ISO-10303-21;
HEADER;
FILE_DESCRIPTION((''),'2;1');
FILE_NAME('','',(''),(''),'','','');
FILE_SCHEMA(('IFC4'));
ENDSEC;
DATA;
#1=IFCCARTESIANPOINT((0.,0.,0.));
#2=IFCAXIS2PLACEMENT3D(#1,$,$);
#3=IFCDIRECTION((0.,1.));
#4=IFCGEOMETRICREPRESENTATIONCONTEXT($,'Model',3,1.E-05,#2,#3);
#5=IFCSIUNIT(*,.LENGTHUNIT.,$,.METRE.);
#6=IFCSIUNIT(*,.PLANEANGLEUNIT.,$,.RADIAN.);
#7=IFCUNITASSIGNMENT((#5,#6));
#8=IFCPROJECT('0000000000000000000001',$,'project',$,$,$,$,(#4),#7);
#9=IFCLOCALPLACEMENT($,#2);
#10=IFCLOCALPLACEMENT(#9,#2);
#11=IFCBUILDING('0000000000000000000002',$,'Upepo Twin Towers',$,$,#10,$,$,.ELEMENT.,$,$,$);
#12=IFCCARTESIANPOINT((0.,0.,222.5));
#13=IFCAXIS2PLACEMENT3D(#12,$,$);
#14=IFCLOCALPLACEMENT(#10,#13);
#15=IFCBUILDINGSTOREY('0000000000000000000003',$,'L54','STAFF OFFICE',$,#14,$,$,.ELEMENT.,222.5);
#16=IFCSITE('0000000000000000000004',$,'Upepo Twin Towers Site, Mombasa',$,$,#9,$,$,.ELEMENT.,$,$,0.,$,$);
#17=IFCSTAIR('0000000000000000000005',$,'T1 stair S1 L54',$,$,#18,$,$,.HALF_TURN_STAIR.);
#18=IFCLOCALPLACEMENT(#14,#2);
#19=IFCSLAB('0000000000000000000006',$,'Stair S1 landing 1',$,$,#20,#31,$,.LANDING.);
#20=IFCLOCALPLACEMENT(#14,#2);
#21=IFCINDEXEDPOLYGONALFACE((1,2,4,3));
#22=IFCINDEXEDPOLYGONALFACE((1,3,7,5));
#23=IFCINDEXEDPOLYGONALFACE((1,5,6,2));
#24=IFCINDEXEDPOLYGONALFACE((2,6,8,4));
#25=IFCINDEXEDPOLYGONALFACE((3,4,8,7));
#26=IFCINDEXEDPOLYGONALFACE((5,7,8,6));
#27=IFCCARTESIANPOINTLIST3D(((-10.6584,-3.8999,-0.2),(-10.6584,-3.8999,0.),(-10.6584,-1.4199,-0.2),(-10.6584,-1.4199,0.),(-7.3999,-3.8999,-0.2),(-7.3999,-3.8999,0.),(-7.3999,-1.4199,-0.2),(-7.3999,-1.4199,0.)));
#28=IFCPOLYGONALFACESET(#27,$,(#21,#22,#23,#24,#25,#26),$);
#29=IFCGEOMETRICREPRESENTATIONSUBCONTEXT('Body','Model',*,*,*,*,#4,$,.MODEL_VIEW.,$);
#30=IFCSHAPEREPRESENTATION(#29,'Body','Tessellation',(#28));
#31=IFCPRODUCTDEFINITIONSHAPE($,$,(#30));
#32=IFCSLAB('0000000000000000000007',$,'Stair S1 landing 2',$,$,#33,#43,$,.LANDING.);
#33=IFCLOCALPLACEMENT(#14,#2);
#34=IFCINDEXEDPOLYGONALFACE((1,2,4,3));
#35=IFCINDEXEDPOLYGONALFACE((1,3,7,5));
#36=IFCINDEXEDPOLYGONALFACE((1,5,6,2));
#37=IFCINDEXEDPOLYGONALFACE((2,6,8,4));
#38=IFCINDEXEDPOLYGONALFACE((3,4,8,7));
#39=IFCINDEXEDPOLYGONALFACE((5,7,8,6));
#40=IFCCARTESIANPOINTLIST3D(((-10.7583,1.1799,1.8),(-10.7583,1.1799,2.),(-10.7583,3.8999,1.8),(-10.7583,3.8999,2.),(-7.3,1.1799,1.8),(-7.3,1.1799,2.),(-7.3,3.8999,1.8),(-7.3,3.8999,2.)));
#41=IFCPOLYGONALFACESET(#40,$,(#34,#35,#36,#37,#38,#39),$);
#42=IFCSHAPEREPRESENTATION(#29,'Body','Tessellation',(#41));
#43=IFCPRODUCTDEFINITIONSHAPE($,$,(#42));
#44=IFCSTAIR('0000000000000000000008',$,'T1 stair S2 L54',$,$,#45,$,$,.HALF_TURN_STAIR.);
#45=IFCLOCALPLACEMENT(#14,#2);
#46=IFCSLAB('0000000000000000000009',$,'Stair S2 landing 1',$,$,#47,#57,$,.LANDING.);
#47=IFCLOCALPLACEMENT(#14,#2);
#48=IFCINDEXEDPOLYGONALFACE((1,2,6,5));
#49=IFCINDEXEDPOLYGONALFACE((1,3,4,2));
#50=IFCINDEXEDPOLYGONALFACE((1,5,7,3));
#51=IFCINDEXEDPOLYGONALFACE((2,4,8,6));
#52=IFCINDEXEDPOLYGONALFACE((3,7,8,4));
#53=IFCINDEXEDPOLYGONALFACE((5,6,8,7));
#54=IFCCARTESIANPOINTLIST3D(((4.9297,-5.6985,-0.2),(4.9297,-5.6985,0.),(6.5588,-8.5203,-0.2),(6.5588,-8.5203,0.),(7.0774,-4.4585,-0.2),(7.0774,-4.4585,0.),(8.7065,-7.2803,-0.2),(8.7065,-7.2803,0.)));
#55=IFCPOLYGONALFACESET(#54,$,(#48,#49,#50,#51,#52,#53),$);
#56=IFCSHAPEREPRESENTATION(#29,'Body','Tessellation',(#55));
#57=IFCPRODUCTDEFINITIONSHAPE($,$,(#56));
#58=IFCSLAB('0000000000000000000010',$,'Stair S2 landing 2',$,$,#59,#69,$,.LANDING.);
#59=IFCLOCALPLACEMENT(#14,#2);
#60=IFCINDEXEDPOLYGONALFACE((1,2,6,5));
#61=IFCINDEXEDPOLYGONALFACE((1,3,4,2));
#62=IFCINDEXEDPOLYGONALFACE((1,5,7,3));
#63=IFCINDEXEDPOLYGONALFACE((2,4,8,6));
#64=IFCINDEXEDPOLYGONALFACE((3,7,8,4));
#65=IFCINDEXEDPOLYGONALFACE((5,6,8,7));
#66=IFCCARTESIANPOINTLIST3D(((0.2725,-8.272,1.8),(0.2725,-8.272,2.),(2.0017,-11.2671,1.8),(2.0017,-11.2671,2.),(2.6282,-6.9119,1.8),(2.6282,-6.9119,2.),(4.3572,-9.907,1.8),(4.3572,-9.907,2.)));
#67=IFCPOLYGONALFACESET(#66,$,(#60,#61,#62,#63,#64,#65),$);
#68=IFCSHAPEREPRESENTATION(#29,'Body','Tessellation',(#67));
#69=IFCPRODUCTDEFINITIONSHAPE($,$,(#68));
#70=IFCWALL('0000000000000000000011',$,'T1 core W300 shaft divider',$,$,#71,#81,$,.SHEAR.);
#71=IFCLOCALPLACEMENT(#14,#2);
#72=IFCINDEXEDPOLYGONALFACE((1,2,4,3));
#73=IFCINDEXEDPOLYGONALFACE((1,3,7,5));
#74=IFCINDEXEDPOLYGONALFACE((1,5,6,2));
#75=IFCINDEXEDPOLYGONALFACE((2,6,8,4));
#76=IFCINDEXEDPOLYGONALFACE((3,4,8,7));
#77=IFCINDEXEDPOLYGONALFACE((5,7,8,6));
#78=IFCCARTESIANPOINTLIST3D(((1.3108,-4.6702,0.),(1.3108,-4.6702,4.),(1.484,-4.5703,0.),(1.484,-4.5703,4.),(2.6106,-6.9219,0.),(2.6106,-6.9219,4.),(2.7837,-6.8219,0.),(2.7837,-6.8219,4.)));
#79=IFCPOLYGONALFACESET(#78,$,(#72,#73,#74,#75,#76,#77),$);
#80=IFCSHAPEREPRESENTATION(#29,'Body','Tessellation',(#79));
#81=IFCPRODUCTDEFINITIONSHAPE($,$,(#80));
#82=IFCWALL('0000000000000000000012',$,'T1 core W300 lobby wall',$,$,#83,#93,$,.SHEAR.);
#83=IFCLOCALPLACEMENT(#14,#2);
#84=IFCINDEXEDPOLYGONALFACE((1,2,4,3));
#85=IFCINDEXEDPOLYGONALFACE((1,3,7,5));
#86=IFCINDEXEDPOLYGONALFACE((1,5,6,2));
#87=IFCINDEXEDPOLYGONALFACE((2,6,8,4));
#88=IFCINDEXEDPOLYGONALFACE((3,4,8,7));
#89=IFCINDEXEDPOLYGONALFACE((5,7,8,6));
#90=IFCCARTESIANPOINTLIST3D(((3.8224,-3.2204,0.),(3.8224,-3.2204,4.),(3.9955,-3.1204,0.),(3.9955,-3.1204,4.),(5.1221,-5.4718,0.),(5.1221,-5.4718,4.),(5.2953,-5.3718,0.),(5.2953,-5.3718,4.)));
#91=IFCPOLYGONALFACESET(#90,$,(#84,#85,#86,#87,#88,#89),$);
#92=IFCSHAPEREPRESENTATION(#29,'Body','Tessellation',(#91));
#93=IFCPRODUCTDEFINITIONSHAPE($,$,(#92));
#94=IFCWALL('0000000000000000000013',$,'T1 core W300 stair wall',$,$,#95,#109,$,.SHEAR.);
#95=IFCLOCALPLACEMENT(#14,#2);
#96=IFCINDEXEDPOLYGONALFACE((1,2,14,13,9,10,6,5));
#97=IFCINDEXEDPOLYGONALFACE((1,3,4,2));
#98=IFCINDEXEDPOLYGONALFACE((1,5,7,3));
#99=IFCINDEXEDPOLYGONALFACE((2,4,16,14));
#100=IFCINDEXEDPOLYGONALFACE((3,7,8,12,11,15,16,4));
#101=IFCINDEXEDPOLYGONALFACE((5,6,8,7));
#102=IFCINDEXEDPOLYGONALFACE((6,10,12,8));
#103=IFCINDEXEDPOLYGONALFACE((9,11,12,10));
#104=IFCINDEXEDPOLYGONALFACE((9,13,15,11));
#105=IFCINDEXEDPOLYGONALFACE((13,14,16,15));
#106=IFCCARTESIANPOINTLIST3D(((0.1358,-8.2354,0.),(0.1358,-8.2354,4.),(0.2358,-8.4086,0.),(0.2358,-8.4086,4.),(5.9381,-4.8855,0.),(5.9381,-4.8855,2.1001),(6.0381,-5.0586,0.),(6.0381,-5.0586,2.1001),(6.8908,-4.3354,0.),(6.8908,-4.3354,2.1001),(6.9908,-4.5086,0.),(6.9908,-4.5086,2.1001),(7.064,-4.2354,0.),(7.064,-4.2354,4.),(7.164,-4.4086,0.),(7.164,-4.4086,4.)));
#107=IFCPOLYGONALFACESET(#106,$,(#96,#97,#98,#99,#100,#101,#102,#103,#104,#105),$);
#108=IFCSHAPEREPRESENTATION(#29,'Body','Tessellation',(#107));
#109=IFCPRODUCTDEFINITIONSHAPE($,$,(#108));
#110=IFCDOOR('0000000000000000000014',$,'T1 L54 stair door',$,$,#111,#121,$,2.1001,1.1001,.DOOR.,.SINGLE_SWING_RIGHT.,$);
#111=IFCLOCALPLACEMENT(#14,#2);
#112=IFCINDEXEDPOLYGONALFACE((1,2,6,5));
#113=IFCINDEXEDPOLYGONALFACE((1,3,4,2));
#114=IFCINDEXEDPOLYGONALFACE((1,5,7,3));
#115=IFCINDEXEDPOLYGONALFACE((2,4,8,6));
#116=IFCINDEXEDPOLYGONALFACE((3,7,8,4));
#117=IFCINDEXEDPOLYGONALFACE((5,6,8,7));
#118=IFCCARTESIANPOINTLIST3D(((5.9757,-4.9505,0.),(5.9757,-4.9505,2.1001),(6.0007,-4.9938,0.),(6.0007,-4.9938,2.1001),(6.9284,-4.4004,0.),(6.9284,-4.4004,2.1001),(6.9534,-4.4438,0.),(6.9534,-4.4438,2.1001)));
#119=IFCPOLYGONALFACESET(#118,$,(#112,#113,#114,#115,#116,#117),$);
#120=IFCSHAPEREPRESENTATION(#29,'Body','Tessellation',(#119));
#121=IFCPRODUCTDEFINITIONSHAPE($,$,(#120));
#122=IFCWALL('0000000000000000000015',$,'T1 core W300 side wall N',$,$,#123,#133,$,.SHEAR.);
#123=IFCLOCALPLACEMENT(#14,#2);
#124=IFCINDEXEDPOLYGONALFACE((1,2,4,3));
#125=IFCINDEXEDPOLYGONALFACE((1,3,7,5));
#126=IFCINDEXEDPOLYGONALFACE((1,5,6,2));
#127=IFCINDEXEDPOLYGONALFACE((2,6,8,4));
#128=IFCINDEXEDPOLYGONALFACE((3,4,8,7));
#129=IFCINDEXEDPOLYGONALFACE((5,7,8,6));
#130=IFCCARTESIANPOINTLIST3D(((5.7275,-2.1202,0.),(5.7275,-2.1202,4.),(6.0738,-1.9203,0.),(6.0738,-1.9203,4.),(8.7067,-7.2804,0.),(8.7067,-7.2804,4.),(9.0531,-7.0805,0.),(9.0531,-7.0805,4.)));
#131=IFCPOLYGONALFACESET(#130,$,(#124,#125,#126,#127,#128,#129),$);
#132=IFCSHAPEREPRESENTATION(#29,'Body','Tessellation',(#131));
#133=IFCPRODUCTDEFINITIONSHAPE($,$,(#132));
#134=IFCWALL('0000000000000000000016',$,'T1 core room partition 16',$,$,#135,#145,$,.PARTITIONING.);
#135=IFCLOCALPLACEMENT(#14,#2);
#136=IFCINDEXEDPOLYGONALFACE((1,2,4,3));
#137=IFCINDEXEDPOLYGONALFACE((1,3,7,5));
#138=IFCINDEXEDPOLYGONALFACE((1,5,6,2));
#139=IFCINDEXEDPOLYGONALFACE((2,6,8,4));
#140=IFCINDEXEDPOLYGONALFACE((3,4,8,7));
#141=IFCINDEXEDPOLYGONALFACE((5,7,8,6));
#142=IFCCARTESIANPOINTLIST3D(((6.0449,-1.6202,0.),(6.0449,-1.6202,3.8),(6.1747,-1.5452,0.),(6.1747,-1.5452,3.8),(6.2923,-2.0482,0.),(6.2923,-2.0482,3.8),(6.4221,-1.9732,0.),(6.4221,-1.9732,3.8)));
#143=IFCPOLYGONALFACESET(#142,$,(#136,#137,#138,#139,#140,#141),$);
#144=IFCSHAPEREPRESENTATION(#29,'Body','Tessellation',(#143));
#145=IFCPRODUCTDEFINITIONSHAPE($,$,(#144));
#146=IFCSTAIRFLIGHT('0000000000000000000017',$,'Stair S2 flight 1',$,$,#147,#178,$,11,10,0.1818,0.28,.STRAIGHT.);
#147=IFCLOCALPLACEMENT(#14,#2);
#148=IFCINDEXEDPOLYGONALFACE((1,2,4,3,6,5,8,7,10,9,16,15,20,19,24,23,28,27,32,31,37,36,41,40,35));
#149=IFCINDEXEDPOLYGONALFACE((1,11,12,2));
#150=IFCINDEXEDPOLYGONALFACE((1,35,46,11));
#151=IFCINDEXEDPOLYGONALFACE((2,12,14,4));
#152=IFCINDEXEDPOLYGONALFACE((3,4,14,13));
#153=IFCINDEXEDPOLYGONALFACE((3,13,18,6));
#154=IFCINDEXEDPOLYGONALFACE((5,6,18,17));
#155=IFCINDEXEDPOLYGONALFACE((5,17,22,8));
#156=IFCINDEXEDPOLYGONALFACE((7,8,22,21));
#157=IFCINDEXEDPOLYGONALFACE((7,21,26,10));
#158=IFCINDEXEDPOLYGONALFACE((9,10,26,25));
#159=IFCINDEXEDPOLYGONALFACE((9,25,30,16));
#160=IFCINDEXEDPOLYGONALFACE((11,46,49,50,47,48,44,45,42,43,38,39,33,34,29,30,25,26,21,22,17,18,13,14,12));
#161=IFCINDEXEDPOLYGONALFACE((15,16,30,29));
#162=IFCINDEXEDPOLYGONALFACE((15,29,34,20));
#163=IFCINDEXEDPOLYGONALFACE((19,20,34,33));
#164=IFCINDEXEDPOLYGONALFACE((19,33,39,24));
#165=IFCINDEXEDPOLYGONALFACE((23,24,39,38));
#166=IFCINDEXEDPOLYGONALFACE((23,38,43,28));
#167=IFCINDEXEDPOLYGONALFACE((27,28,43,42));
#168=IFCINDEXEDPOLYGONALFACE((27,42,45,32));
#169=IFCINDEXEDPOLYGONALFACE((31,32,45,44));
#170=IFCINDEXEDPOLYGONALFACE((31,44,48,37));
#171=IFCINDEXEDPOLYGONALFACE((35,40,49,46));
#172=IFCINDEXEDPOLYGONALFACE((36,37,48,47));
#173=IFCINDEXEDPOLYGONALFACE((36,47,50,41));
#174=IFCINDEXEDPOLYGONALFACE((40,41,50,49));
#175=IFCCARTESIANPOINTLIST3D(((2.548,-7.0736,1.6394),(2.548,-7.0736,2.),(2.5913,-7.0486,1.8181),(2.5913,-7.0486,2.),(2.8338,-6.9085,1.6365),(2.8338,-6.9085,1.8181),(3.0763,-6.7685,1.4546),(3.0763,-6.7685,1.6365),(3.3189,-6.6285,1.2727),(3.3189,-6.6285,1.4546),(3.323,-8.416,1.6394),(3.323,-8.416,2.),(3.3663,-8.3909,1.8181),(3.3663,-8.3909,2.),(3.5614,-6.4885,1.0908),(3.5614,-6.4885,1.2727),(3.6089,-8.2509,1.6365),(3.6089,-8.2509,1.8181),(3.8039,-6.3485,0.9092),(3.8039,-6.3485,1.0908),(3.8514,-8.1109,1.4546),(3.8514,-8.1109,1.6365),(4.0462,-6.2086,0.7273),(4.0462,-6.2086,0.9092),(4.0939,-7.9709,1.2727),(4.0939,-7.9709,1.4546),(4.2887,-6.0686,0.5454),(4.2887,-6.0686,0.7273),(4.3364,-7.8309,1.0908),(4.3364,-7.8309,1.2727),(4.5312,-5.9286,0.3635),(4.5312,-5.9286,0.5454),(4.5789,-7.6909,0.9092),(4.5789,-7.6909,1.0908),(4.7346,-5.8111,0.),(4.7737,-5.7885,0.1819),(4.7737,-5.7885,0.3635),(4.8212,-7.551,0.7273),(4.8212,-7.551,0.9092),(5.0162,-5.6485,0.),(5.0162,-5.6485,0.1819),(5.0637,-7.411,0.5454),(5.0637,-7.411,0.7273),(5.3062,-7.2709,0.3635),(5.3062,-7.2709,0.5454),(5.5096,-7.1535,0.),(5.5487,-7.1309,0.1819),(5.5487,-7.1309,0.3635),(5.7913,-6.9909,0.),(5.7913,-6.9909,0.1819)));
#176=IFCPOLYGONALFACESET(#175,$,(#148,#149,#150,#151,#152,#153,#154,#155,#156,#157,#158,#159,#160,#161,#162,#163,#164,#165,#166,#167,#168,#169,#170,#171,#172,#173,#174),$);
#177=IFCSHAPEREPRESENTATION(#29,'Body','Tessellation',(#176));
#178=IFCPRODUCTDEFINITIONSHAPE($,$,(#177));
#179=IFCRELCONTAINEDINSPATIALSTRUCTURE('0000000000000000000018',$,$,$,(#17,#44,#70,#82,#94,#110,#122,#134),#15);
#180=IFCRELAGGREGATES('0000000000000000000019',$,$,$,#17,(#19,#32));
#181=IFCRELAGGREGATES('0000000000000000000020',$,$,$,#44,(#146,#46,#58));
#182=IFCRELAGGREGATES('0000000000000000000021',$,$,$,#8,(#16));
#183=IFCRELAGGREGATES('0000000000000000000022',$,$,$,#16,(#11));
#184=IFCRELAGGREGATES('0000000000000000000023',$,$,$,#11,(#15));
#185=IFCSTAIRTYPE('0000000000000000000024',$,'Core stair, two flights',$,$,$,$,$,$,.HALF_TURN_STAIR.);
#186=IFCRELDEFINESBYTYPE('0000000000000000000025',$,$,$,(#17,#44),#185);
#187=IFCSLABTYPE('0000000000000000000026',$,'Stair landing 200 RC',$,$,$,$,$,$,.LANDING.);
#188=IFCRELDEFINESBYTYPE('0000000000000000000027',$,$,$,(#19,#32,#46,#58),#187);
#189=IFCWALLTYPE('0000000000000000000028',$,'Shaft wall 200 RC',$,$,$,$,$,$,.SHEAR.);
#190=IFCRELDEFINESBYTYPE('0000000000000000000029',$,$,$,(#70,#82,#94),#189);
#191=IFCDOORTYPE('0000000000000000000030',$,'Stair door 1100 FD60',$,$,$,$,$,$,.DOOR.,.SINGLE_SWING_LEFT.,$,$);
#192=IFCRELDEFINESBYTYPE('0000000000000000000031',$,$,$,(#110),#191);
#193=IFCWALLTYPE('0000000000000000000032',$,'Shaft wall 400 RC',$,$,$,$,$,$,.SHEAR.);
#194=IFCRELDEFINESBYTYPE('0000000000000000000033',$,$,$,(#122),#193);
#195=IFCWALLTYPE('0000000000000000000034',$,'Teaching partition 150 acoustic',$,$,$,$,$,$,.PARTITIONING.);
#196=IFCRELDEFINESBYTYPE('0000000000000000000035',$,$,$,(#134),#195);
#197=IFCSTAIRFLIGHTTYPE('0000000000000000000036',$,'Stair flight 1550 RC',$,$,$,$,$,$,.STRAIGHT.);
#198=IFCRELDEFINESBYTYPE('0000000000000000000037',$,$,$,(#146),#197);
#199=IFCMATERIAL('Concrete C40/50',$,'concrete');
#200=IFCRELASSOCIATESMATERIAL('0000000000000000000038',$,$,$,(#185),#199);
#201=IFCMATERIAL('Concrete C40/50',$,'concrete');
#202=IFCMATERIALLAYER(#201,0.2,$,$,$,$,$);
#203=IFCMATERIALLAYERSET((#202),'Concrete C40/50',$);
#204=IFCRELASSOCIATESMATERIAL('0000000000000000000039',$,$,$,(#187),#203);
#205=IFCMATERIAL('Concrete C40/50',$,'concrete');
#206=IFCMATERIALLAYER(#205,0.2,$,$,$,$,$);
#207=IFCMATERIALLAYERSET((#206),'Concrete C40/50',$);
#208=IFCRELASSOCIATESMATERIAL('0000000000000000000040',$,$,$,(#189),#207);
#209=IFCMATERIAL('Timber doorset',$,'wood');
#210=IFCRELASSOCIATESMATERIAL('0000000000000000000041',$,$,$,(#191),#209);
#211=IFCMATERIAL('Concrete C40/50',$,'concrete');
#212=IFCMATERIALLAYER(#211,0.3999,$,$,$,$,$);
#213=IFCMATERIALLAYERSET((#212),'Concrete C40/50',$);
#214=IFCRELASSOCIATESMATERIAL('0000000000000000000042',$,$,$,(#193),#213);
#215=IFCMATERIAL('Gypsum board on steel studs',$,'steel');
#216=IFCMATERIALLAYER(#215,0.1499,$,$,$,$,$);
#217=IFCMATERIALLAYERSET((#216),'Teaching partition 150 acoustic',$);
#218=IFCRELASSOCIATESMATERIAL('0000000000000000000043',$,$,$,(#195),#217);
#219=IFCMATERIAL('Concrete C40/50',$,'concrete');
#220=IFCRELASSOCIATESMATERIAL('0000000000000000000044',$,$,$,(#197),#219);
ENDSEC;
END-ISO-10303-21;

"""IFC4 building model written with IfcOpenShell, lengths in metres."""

from ifc_helpers import new_model, si_unit, direction, frame, frame_2d, origin, place, context, subcontext, project, spatial, polyline, rectangle, outline, extrude, material, layer, layer_set, type_object, element, fill, aggregate, save


model = new_model("IFC4")

# Units and contexts
model_context = context("Model", 3, precision=1e-05, world=origin(), true_north=direction((0.0, 1.0)))
body_context = subcontext(model_context, "Body", "Model", "MODEL_VIEW")
ifc_project = project(units=[si_unit("LENGTHUNIT", "METRE"), si_unit("PLANEANGLEUNIT", "RADIAN")], contexts=[model_context])

# Site, building, storey
site_placement = place(None, origin())
site = spatial("IfcSite", under=ifc_project, at=site_placement, Name="Upepo Twin Towers Site, Mombasa", CompositionType="ELEMENT", RefElevation=0.0)
building_placement = place(site_placement, origin())
building = spatial("IfcBuilding", under=site, at=building_placement, Name="Upepo Twin Towers", CompositionType="ELEMENT")
storey_placement = place(building_placement, frame((0.0, 0.0, 222.5)))
storey = spatial("IfcBuildingStorey", under=building, at=storey_placement, Name="L54", Description="STAFF OFFICE", CompositionType="ELEMENT", Elevation=222.5)

# Stairs, slabs
ifc_material_1 = material(Name="Concrete C40/50", Category="concrete")
stair_type = type_object("IfcStairType", Name="Core stair, two flights", PredefinedType="HALF_TURN_STAIR", material=ifc_material_1)
stair_1_placement = place(storey_placement, origin())
stair_1 = element("IfcStair", 1, at=stair_1_placement, inside=storey, type_object=stair_type, Name="T1 stair S1 L54", PredefinedType="HALF_TURN_STAIR")
ifc_material_2 = material(Name="Concrete C40/50", Category="concrete")
ifc_layer_1 = layer(ifc_material_2, 0.2)
ifc_layer_set_1 = layer_set([ifc_layer_1], Name="Concrete C40/50")
slab_type = type_object("IfcSlabType", Name="Stair landing 200 RC", PredefinedType="LANDING", material=ifc_layer_set_1)
slab_1_placement = place(storey_placement, frame((0.0, 0.0, -0.2)))
slab_1 = element("IfcSlab", 2, at=slab_1_placement, type_object=slab_type, Name="Stair S1 landing 1", PredefinedType="LANDING", context=body_context, shape_type="SweptSolid", body=[
    extrude(outline(polyline([(-7.3999, -1.4199), (-10.6584, -1.4199), (-10.6584, -3.8999), (-7.3999, -3.8999), (-7.3999, -1.4199)])), origin(), (0.0, 0.0, 1.0), 0.2),
])
slab_2_placement = place(storey_placement, frame((0.0, 0.0, 1.8)))
slab_2 = element("IfcSlab", 3, at=slab_2_placement, type_object=slab_type, Name="Stair S1 landing 2", PredefinedType="LANDING", context=body_context, shape_type="SweptSolid", body=[
    extrude(outline(polyline([(-7.3, 3.8999), (-10.7583, 3.8999), (-10.7583, 1.1799), (-7.3, 1.1799), (-7.3, 3.8999)])), origin(), (0.0, 0.0, 1.0), 0.2),
])
aggregate(stair_1, [slab_1, slab_2])
stair_2_placement = place(storey_placement, origin())
stair_2 = element("IfcStair", 4, at=stair_2_placement, inside=storey, type_object=stair_type, Name="T1 stair S2 L54", PredefinedType="HALF_TURN_STAIR")
slab_3_placement = place(storey_placement, frame((0.0, 0.0, -0.2)))
slab_3 = element("IfcSlab", 5, at=slab_3_placement, type_object=slab_type, Name="Stair S2 landing 1", PredefinedType="LANDING", context=body_context, shape_type="SweptSolid", body=[
    extrude(outline(polyline([(4.9297, -5.6985), (6.5588, -8.5203), (8.7065, -7.2803), (7.0774, -4.4585), (4.9297, -5.6985)])), origin(), (0.0, 0.0, 1.0), 0.2),
])
slab_4_placement = place(storey_placement, frame((0.0, 0.0, 1.8)))
slab_4 = element("IfcSlab", 6, at=slab_4_placement, type_object=slab_type, Name="Stair S2 landing 2", PredefinedType="LANDING", context=body_context, shape_type="SweptSolid", body=[
    extrude(outline(polyline([(0.2725, -8.272), (2.0017, -11.2671), (4.3572, -9.907), (2.6282, -6.9119), (0.2725, -8.272)])), origin(), (0.0, 0.0, 1.0), 0.2),
])

# Walls
ifc_material_3 = material(Name="Concrete C40/50", Category="concrete")
ifc_layer_2 = layer(ifc_material_3, 0.2)
ifc_layer_set_2 = layer_set([ifc_layer_2], Name="Concrete C40/50")
wall_type_1 = type_object("IfcWallType", Name="Shaft wall 200 RC", PredefinedType="SHEAR", material=ifc_layer_set_2)
wall_1_placement = place(storey_placement, frame((1.3975, -4.6204, 0.0), z_axis=(0.0, 0.0, 1.0), x_axis=(0.499937, -0.866062, 0.0)))
element("IfcWall", 7, at=wall_1_placement, inside=storey, type_object=wall_type_1, Name="T1 core W300 shaft divider", PredefinedType="SHEAR", context=body_context, shape_type="SweptSolid", body=[
    extrude(rectangle(XDim=2.5999, YDim=0.2, at=frame_2d((1.2998, 0.0))), origin(), (0.0, 0.0, 1.0), 4.0),
])
wall_2_placement = place(storey_placement, frame((3.9089, -3.1704, 0.0), z_axis=(0.0, 0.0, 1.0), x_axis=(0.499977, -0.866039, 0.0)))
element("IfcWall", 8, at=wall_2_placement, inside=storey, type_object=wall_type_1, Name="T1 core W300 lobby wall", PredefinedType="SHEAR", context=body_context, shape_type="SweptSolid", body=[
    extrude(rectangle(XDim=2.5996, YDim=0.2, at=frame_2d((1.2998, 0.0))), origin(), (0.0, 0.0, 1.0), 4.0),
])

# Wall, opening, door
wall_3_placement = place(storey_placement, frame((0.1858, -8.322, 0.0), z_axis=(0.0, 0.0, 1.0), x_axis=(0.866026, 0.499999, 0.0)))
wall_3 = element("IfcWall", 9, at=wall_3_placement, inside=storey, type_object=wall_type_1, Name="T1 core W300 stair wall", PredefinedType="SHEAR", context=body_context, shape_type="SweptSolid", body=[
    extrude(rectangle(XDim=8.0, YDim=0.2, at=frame_2d((4.0, 0.0))), origin(), (0.0, 0.0, 1.0), 4.0),
])
opening_placement = place(wall_3_placement, frame((6.7, 0.0, 0.0)))
opening = element("IfcOpeningElement", 10, at=opening_placement, cuts=wall_3, PredefinedType="OPENING", context=body_context, shape_type="SweptSolid", body=[
    extrude(rectangle(XDim=1.1001, YDim=2.1001, at=frame_2d((0.55, 1.05))), frame((0.0, 0.1099, 0.0), z_axis=(0.0, -1.0, 0.0), x_axis=(1.0, 0.0, 0.0)), (0.0, 0.0, 1.0), 0.22),
])
ifc_material_4 = material(Name="Timber doorset", Category="wood")
door_type = type_object("IfcDoorType", Name="Stair door 1100 FD60", OperationType="SINGLE_SWING_LEFT", PredefinedType="DOOR", material=ifc_material_4)
door_placement = place(opening_placement, origin())
door = element("IfcDoor", 11, at=door_placement, inside=storey, type_object=door_type, Name="T1 L54 stair door", OperationType="SINGLE_SWING_RIGHT", OverallHeight=2.1001, OverallWidth=1.1001, PredefinedType="DOOR", context=body_context, shape_type="SweptSolid", body=[
    extrude(rectangle(XDim=1.1001, YDim=2.1001, at=frame_2d((0.55, 1.05))), frame((0.0, 0.0249, 0.0), z_axis=(0.0, -1.0, 0.0), x_axis=(1.0, 0.0, 0.0)), (0.0, 0.0, 1.0), 0.05),
])
fill(opening, door)

# Walls
ifc_material_5 = material(Name="Concrete C40/50", Category="concrete")
ifc_layer_3 = layer(ifc_material_5, 0.3999)
ifc_layer_set_3 = layer_set([ifc_layer_3], Name="Concrete C40/50")
wall_type_2 = type_object("IfcWallType", Name="Shaft wall 400 RC", PredefinedType="SHEAR", material=ifc_layer_set_3)
wall_4_placement = place(storey_placement, frame((5.9006, -2.0203, 0.0), z_axis=(0.0, 0.0, 1.0), x_axis=(0.500004, -0.866023, 0.0)))
element("IfcWall", 12, at=wall_4_placement, inside=storey, type_object=wall_type_2, Name="T1 core W300 side wall N", PredefinedType="SHEAR", context=body_context, shape_type="SweptSolid", body=[
    extrude(rectangle(XDim=5.9585, YDim=0.3999, at=frame_2d((2.9792, 0.0))), origin(), (0.0, 0.0, 1.0), 4.0),
])
ifc_material_6 = material(Name="Gypsum board on steel studs", Category="steel")
ifc_layer_4 = layer(ifc_material_6, 0.1499)
ifc_layer_set_4 = layer_set([ifc_layer_4], Name="Teaching partition 150 acoustic")
wall_type_3 = type_object("IfcWallType", Name="Teaching partition 150 acoustic", PredefinedType="PARTITIONING", material=ifc_layer_set_4)
wall_5_placement = place(storey_placement, frame((6.1099, -1.5828, 0.0), z_axis=(0.0, 0.0, 1.0), x_axis=(0.500335, -0.865832, 0.0)))
element("IfcWall", 13, at=wall_5_placement, inside=storey, type_object=wall_type_3, Name="T1 core room partition 16", PredefinedType="PARTITIONING", context=body_context, shape_type="SweptSolid", body=[
    extrude(rectangle(XDim=0.4944, YDim=0.1499, at=frame_2d((0.2471, 0.0))), origin(), (0.0, 0.0, 1.0), 3.8),
])

# Stair flight
ifc_material_7 = material(Name="Concrete C40/50", Category="concrete")
stair_flight_type = type_object("IfcStairFlightType", Name="Stair flight 1550 RC", PredefinedType="STRAIGHT", material=ifc_material_7)
stair_flight_1_placement = place(storey_placement, frame((5.4038, -6.3198, 0.0), z_axis=(0.0, 0.0, 1.0), x_axis=(-0.866025, -0.5, 0.0)))
stair_flight_1 = element("IfcStairFlight", 14, at=stair_flight_1_placement, type_object=stair_flight_type, Name="Stair S2 flight 1", NumberOfRisers=11, NumberOfTreads=10, PredefinedType="STRAIGHT", RiserHeight=0.1818, TreadLength=0.28, context=body_context, shape_type="SweptSolid", body=[
    extrude(outline(polyline([(0.0, 0.0), (0.0, 0.1819), (0.28, 0.1819), (0.28, 0.3635), (0.5601, 0.3635), (0.5601, 0.5454), (0.8401, 0.5454), (0.8401, 0.7273), (1.1201, 0.7273), (1.1201, 0.9092), (1.3999, 0.9092), (1.3999, 1.0908), (1.6799, 1.0908), (1.6799, 1.2727), (1.96, 1.2727), (1.96, 1.4546), (2.24, 1.4546), (2.24, 1.6365), (2.52, 1.6365), (2.52, 1.8181), (2.8, 1.8181), (2.8, 2.0), (2.8501, 2.0), (2.8501, 1.6394), (0.3252, 0.0), (0.0, 0.0)])), frame((0.0, 0.7749, 0.0), z_axis=(0.0, -1.0, 0.0), x_axis=(1.0, 0.0, 0.0)), (0.0, 0.0, 1.0), 1.55),
])
aggregate(stair_2, [stair_flight_1, slab_3, slab_4])

save(model, "model.ifc")
